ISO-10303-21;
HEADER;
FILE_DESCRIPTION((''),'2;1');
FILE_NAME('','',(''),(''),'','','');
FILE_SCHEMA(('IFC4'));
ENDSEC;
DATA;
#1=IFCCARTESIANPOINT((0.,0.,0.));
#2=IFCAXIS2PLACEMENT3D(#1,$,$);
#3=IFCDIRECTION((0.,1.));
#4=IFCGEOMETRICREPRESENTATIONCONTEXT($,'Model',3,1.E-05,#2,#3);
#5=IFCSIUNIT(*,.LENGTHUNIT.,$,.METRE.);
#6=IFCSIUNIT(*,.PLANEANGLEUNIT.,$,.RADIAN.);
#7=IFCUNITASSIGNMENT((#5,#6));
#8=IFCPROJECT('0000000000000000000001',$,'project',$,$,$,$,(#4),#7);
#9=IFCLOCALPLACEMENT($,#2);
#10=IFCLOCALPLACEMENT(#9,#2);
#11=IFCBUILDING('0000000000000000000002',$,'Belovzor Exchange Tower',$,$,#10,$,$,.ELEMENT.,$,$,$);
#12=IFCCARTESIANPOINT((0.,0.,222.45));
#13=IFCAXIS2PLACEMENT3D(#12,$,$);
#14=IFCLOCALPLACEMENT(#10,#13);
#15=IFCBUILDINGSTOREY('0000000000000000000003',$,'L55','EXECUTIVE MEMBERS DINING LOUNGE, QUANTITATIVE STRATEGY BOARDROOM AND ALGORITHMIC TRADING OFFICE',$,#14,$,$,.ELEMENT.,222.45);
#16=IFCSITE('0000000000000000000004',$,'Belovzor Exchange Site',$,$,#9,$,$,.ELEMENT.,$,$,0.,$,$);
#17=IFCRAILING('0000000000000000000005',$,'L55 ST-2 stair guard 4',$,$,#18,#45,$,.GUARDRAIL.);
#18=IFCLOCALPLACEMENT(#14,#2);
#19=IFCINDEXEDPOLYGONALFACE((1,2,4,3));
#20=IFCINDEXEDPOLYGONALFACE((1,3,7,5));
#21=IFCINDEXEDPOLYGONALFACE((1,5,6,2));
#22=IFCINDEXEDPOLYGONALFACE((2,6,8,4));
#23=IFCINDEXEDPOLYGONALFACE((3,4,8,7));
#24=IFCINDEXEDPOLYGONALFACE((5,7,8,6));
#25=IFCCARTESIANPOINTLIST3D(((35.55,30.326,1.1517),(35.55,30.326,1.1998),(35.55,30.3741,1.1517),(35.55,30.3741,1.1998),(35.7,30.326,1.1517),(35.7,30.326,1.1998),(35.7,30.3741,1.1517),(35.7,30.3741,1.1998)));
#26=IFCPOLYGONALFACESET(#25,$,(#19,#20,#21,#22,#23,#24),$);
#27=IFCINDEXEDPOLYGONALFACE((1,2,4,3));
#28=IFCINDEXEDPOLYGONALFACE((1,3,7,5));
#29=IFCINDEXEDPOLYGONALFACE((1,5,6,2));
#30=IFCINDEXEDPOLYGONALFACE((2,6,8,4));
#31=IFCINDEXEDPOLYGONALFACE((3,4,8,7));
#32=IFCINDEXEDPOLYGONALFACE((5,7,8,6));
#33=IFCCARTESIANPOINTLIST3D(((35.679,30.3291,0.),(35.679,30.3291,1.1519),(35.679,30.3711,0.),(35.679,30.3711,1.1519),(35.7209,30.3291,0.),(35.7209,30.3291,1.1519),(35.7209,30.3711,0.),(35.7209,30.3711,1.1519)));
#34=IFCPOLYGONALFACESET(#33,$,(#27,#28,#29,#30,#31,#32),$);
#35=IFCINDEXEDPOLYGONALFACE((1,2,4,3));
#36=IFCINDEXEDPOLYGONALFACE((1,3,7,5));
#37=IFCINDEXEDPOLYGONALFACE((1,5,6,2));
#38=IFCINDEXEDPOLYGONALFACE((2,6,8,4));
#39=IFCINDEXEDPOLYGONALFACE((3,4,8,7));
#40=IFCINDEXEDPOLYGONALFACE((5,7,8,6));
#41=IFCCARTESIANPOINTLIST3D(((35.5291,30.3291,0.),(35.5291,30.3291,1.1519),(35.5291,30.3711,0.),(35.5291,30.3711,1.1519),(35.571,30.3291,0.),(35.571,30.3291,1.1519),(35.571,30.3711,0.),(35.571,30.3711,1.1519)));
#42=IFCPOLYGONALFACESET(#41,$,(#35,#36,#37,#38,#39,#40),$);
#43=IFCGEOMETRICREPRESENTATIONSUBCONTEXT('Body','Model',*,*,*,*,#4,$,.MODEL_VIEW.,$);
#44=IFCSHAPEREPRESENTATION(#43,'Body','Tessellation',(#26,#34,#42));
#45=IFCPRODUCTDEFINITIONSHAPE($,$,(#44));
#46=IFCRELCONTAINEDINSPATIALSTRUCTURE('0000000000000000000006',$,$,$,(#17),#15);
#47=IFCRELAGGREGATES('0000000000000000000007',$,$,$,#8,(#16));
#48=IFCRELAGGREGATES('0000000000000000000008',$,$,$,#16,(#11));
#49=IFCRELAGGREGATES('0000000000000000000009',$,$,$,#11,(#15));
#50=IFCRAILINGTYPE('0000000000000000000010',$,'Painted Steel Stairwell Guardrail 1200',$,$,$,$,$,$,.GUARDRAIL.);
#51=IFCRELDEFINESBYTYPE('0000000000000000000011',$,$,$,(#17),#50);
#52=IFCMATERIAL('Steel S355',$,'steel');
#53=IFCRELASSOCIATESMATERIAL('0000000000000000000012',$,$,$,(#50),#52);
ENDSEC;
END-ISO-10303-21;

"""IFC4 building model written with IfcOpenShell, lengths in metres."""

from ifc_helpers import new_model, si_unit, direction, frame, origin, origin_2d, place, context, subcontext, project, spatial, rectangle, extrude, material, type_object, element, save


model = new_model("IFC4")

# Units and contexts
model_context = context("Model", 3, precision=1e-05, world=origin(), true_north=direction((0.0, 1.0)))
body_context = subcontext(model_context, "Body", "Model", "MODEL_VIEW")
ifc_project = project(units=[si_unit("LENGTHUNIT", "METRE"), si_unit("PLANEANGLEUNIT", "RADIAN")], contexts=[model_context])

# Site, building, storey
site_placement = place(None, origin())
site = spatial("IfcSite", under=ifc_project, at=site_placement, Name="Belovzor Exchange Site", CompositionType="ELEMENT", RefElevation=0.0)
building_placement = place(site_placement, origin())
building = spatial("IfcBuilding", under=site, at=building_placement, Name="Belovzor Exchange Tower", CompositionType="ELEMENT")
storey_placement = place(building_placement, frame((0.0, 0.0, 222.45)))
storey = spatial("IfcBuildingStorey", under=building, at=storey_placement, Name="L55", Description="EXECUTIVE MEMBERS DINING LOUNGE, QUANTITATIVE STRATEGY BOARDROOM AND ALGORITHMIC TRADING OFFICE", CompositionType="ELEMENT", Elevation=222.45)

# Railing
ifc_material_1 = material(Name="Steel S355", Category="steel")
railing_type_1 = type_object("IfcRailingType", Name="Painted Steel Stairwell Guardrail 1200", PredefinedType="GUARDRAIL", material=ifc_material_1)
for number, where, name in (
    (1, (35.7, 30.3501, 0.0), "L55 ST-2 stair guard 4"),
):
    element("IfcRailing", number, at=place(storey_placement, frame(where)), inside=storey, type_object=railing_type_1, Name=name, PredefinedType="GUARDRAIL", context=body_context, shape_type="SweptSolid", body=[
        extrude(rectangle(XDim=0.0481, YDim=0.0481, at=origin_2d()), frame((0.0, 0.0, 1.1758), z_axis=(-1.0, 0.0, 0.0), x_axis=(0.0, -1.0, 0.0)), (0.0, 0.0, 1.0), 0.1499),
        extrude(rectangle(XDim=0.042, YDim=0.042, at=origin_2d()), origin(), (0.0, 0.0, 1.0), 1.1519),
        extrude(rectangle(XDim=0.042, YDim=0.042, at=origin_2d()), frame((-0.1499, 0.0, 0.0)), (0.0, 0.0, 1.0), 1.1519),
    ])

save(model, "model.ifc")
